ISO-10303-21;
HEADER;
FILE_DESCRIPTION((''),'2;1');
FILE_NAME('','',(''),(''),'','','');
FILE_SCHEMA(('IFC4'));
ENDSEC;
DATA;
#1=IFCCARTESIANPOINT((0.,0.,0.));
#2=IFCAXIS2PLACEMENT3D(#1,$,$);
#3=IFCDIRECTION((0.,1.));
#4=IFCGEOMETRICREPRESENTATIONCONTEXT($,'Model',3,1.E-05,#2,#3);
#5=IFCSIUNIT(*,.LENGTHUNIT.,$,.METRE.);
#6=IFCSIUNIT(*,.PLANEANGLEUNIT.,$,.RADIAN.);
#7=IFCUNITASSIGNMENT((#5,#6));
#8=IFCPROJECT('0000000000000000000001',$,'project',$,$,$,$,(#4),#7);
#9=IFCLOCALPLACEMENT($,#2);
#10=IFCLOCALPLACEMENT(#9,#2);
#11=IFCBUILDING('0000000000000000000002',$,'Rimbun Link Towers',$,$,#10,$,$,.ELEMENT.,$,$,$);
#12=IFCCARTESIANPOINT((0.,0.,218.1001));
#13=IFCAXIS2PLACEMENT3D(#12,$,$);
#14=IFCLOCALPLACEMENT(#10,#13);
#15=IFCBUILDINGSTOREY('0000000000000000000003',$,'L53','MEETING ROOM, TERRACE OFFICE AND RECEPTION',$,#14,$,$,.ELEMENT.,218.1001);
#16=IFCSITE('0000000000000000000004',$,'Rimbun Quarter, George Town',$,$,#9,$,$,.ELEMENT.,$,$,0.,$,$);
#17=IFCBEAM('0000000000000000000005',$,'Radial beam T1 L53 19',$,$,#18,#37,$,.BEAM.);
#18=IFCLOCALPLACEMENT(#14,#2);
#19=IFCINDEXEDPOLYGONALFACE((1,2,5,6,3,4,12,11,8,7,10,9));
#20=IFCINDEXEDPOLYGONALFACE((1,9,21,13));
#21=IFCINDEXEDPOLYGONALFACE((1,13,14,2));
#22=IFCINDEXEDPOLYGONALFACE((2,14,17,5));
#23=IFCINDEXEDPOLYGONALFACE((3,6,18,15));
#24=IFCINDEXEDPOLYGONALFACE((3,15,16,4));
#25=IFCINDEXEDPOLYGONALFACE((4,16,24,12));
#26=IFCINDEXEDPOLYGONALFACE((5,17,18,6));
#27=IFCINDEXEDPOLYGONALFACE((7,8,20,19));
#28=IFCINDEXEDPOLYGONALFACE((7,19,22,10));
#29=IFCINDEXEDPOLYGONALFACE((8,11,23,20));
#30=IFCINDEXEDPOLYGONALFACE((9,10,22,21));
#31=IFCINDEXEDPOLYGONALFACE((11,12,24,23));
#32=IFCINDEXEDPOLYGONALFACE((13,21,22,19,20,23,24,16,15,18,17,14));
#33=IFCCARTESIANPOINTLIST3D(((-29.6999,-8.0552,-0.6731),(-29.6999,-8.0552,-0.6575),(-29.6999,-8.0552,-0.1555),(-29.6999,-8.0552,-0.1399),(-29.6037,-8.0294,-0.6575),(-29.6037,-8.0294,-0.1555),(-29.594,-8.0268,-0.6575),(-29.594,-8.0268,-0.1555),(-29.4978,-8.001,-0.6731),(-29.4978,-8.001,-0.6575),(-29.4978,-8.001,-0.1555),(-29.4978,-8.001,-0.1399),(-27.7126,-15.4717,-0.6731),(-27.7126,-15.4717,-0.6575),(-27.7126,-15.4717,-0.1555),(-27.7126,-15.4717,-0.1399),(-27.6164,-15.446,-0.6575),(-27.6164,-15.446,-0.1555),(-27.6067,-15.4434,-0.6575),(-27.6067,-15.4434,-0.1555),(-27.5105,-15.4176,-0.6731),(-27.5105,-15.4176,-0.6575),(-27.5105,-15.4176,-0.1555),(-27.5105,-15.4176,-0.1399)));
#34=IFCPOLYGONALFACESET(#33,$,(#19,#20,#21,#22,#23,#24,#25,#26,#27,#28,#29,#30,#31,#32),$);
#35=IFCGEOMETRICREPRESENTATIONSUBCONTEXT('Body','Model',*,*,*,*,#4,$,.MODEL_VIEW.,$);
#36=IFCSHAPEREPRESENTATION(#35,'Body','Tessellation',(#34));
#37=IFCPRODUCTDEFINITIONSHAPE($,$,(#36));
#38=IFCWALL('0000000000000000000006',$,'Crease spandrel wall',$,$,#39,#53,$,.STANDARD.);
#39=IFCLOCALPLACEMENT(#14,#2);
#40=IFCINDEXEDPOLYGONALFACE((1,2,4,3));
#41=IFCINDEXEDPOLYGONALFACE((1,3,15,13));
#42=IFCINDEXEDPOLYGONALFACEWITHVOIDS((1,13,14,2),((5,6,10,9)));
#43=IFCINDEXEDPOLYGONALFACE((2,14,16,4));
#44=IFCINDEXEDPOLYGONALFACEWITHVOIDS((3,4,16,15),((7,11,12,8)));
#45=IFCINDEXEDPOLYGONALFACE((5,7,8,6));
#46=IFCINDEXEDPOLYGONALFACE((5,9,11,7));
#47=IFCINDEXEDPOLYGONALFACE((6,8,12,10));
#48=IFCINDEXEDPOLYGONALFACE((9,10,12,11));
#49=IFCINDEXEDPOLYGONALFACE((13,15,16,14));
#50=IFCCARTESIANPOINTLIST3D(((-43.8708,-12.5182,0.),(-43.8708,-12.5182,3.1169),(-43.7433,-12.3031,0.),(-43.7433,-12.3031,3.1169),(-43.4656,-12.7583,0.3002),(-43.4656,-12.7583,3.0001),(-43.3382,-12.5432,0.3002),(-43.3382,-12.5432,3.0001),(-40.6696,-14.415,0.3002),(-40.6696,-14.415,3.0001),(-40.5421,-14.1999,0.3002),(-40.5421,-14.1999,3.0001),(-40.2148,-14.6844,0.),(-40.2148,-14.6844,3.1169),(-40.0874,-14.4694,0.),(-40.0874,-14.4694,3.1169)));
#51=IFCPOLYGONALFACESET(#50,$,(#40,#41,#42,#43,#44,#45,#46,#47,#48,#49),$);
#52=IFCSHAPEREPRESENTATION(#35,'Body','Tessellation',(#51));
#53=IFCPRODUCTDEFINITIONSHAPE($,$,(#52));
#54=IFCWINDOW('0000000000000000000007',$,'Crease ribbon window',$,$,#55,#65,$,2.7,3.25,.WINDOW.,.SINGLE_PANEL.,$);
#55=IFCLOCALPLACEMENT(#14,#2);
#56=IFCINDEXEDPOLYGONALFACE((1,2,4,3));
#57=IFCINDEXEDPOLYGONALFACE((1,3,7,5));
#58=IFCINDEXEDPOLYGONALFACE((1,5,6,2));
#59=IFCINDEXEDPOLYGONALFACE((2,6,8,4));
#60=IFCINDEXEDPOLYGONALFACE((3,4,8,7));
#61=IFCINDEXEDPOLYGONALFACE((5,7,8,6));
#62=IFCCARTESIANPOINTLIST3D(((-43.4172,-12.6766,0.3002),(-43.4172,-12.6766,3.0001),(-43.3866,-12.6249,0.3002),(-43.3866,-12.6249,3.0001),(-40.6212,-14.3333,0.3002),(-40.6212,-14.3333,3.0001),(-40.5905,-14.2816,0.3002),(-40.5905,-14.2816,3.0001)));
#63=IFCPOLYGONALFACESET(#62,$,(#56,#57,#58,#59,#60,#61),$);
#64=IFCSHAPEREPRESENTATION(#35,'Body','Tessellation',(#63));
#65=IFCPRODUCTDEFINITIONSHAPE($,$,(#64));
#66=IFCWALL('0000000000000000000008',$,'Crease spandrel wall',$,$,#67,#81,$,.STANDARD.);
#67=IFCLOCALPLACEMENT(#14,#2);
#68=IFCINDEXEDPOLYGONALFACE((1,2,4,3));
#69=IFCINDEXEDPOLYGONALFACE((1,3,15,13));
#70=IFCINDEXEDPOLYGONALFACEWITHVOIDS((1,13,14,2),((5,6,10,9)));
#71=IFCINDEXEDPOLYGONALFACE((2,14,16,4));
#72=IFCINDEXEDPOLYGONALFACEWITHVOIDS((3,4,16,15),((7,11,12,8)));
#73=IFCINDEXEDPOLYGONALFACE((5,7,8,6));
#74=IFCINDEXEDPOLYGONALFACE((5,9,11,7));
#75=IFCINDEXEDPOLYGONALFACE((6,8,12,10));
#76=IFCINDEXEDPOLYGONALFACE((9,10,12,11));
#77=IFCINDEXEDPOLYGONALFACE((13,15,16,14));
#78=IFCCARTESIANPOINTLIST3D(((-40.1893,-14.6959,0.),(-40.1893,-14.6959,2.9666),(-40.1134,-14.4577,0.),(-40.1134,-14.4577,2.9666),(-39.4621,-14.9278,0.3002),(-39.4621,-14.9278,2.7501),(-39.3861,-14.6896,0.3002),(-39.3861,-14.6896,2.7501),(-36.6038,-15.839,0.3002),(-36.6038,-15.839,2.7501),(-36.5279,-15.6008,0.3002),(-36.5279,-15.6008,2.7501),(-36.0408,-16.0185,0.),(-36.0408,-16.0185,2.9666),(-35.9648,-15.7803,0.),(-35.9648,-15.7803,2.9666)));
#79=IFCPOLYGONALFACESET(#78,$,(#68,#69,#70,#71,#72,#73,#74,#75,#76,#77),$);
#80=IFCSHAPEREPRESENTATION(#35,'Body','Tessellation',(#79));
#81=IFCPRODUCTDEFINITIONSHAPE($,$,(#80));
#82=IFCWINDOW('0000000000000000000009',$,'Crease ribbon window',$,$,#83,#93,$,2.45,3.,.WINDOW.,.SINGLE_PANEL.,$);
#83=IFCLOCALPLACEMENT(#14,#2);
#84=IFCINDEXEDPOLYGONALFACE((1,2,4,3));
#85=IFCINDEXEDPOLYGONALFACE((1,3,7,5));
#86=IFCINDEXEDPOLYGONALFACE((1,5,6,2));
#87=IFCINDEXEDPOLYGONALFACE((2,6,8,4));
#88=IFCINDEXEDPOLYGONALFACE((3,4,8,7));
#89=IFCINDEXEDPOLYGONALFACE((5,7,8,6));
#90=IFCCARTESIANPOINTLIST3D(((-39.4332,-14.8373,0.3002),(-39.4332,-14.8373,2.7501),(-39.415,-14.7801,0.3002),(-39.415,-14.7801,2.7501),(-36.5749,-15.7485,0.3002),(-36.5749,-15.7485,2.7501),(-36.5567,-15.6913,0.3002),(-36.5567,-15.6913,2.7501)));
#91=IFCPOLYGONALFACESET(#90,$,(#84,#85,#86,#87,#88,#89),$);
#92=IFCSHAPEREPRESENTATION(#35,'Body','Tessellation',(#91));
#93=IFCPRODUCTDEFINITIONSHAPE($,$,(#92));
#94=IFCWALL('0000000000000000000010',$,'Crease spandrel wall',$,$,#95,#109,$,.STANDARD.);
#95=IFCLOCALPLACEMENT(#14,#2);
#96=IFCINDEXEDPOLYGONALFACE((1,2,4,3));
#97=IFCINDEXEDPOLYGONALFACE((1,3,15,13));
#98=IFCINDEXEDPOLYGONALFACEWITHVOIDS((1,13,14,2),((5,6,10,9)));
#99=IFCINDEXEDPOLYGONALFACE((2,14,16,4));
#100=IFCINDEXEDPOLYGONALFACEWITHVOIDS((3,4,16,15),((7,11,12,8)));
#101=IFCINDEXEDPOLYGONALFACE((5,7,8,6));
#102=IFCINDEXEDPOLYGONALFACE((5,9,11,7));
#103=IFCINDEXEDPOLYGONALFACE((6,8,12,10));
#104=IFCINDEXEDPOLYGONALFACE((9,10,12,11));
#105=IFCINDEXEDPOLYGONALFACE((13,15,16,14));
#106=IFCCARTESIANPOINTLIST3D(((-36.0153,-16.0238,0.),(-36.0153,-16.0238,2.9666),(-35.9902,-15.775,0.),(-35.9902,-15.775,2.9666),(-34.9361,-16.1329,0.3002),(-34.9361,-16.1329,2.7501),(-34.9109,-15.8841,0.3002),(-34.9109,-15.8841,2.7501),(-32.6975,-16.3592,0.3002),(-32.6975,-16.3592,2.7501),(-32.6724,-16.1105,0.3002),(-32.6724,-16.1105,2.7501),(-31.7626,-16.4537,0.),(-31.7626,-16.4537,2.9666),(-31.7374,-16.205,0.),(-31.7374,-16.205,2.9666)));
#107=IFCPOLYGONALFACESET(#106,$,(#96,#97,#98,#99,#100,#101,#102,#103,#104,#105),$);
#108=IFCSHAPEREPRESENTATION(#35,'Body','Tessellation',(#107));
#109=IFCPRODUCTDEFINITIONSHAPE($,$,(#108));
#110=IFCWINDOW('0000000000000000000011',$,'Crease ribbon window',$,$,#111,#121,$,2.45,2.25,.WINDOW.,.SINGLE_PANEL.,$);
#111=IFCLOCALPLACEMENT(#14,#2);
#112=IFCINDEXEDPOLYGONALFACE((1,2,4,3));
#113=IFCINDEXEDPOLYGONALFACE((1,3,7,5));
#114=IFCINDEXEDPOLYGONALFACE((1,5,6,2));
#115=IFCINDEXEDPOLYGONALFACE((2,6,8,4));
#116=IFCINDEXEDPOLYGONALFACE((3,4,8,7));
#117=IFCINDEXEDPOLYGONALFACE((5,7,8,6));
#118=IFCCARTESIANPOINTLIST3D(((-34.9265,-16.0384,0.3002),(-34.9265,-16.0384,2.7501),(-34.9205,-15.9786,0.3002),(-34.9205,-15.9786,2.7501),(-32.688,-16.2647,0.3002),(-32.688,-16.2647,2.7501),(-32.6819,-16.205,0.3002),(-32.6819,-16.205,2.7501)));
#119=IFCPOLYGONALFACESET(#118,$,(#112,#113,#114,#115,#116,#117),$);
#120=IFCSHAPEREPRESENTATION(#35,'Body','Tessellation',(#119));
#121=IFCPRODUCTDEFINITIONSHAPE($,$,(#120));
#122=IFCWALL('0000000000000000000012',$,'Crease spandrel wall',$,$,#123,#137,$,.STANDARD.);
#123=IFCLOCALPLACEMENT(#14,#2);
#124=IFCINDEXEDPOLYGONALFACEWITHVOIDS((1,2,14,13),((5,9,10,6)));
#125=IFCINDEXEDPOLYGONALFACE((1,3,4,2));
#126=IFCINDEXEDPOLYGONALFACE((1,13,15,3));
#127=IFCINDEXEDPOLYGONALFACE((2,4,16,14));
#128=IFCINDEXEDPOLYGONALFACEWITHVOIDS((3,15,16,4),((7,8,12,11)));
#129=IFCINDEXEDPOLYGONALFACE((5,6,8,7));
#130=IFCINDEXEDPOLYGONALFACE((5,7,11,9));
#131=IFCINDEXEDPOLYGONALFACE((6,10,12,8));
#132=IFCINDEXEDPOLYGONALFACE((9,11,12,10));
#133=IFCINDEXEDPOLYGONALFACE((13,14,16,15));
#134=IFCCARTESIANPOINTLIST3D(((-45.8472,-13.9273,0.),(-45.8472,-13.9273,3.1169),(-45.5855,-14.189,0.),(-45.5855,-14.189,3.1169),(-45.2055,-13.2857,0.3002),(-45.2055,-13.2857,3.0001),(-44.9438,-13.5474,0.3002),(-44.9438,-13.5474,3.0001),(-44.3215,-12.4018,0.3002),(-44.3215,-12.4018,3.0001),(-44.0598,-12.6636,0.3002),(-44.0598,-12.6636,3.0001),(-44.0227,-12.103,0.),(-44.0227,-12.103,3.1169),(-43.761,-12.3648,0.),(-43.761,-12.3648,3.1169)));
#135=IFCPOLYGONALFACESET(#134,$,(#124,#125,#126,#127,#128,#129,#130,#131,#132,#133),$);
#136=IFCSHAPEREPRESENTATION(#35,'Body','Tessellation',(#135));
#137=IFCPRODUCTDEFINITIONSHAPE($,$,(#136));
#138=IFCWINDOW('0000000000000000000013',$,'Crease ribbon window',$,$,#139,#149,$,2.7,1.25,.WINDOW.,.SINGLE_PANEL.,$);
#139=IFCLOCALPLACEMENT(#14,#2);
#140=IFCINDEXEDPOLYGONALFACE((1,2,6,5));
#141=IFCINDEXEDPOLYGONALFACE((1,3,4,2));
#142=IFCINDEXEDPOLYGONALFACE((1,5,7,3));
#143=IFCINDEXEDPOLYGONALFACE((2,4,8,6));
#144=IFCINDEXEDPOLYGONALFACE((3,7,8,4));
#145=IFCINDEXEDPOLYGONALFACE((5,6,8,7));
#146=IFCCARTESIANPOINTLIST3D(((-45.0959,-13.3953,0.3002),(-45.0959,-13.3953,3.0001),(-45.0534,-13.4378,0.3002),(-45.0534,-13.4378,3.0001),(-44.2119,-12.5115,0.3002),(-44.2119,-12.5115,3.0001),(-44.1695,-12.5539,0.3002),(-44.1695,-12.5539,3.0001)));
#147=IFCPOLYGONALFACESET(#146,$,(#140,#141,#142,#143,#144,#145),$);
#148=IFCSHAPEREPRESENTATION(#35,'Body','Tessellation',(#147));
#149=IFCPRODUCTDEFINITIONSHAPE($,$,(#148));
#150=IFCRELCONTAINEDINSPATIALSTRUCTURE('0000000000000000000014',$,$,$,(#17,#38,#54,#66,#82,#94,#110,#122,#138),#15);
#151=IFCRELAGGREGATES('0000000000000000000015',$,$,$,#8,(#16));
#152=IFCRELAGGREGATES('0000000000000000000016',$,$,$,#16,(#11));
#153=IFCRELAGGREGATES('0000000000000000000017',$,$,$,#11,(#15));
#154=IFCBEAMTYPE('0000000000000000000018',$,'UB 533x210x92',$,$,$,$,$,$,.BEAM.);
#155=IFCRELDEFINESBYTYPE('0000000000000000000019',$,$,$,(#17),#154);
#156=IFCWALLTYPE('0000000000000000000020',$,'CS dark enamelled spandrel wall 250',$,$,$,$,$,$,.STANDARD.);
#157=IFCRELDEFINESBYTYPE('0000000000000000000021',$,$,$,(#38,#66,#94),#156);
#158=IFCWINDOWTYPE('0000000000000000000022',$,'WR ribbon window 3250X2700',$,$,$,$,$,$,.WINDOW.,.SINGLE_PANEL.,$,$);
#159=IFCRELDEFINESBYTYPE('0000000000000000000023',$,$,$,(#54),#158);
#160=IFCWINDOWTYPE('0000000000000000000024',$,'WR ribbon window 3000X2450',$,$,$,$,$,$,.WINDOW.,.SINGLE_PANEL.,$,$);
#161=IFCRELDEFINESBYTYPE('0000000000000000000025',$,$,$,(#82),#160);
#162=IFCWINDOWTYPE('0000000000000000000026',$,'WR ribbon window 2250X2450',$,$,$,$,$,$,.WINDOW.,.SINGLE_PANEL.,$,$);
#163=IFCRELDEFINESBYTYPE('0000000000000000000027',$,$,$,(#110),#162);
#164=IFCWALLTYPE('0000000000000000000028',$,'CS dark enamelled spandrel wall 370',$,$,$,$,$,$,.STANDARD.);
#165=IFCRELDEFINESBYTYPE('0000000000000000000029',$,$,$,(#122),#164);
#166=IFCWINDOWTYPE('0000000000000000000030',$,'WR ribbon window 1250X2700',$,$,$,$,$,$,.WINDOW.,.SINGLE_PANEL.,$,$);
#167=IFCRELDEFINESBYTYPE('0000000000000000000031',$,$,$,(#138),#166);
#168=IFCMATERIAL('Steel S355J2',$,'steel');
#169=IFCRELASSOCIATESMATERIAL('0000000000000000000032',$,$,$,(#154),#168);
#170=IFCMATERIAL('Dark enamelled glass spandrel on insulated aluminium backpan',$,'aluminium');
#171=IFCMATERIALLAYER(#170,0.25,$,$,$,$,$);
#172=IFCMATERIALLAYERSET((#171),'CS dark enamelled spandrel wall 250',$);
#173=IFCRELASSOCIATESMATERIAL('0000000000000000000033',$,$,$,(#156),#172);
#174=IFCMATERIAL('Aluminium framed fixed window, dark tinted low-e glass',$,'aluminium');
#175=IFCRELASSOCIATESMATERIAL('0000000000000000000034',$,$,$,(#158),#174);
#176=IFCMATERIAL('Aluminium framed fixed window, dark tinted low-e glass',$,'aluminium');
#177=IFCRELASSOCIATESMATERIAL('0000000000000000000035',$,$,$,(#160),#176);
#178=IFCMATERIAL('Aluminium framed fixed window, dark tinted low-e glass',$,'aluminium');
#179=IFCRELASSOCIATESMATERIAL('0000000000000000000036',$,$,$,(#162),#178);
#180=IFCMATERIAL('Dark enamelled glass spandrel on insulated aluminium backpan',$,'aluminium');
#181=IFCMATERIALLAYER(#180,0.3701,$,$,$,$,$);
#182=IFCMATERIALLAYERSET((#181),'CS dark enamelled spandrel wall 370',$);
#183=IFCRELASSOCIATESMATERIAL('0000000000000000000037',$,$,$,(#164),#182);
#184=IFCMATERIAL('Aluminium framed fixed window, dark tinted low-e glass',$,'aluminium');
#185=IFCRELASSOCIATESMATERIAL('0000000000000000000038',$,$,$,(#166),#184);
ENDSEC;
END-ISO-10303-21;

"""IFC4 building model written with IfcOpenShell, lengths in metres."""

from ifc_helpers import new_model, si_unit, direction, frame, frame_2d, origin, origin_2d, place, context, subcontext, project, spatial, rectangle, i_section, extrude, material, layer, layer_set, material_profile, profile_set, type_object, element, fill, save


model = new_model("IFC4")

# Units and contexts
model_context = context("Model", 3, precision=1e-05, world=origin(), true_north=direction((0.0, 1.0)))
body_context = subcontext(model_context, "Body", "Model", "MODEL_VIEW")
ifc_project = project(units=[si_unit("LENGTHUNIT", "METRE"), si_unit("PLANEANGLEUNIT", "RADIAN")], contexts=[model_context])

# Site, building, storey
site_placement = place(None, origin())
site = spatial("IfcSite", under=ifc_project, at=site_placement, Name="Rimbun Quarter, George Town", CompositionType="ELEMENT", RefElevation=0.0)
building_placement = place(site_placement, origin())
building = spatial("IfcBuilding", under=site, at=building_placement, Name="Rimbun Link Towers", CompositionType="ELEMENT")
storey_placement = place(building_placement, frame((0.0, 0.0, 218.1001)))
storey = spatial("IfcBuildingStorey", under=building, at=storey_placement, Name="L53", Description="MEETING ROOM, TERRACE OFFICE AND RECEPTION", CompositionType="ELEMENT", Elevation=218.1001)

# Beam
ifc_material_1 = material(Name="Steel S355J2", Category="steel")
ifc_material_profile_1 = material_profile(ifc_material_1, i_section(OverallWidth=0.2092, OverallDepth=0.5332, WebThickness=0.01, FlangeThickness=0.0156, at=origin_2d()), Name="UB 533x210x92")
ifc_profile_set_1 = profile_set([ifc_material_profile_1], Name="Steel S355J2")
beam_type_1 = type_object("IfcBeamType", Name="UB 533x210x92", PredefinedType="BEAM", material=ifc_profile_set_1)
beam_1_placement = place(storey_placement, frame((-29.5989, -8.0281, -0.4065), z_axis=(0.258826, -0.965924, 0.0), x_axis=(0.965924, 0.258826, 0.0)))
element("IfcBeam", 1, at=beam_1_placement, inside=storey, type_object=beam_type_1, Name="Radial beam T1 L53 19", PredefinedType="BEAM", context=body_context, shape_type="SweptSolid", body=[
    extrude(i_section(OverallWidth=0.2092, OverallDepth=0.5332, WebThickness=0.01, FlangeThickness=0.0156, at=origin_2d()), origin(), (0.0, 0.0, 1.0), 7.6782),
])

# Walls, openings, windows
ifc_material_2 = material(Name="Dark enamelled glass spandrel on insulated aluminium backpan", Category="aluminium")
ifc_layer_1 = layer(ifc_material_2, 0.25)
ifc_layer_set_1 = layer_set([ifc_layer_1], Name="CS dark enamelled spandrel wall 250")
wall_type_1 = type_object("IfcWallType", Name="CS dark enamelled spandrel wall 250", PredefinedType="STANDARD", material=ifc_layer_set_1)
wall_1_placement = place(storey_placement, frame((-40.1511, -14.5769, 0.0), z_axis=(0.0, 0.0, 1.0), x_axis=(-0.860319, 0.509757, 0.0)))
wall_1 = element("IfcWall", 2, at=wall_1_placement, inside=storey, type_object=wall_type_1, Name="Crease spandrel wall", PredefinedType="STANDARD", context=body_context, shape_type="SweptSolid", body=[
    extrude(rectangle(XDim=4.2495, YDim=0.25, at=frame_2d((2.1248, 0.0))), origin(), (0.0, 0.0, 1.0), 3.1169),
])
opening_1_placement = place(wall_1_placement, frame((0.5286, 0.0, 0.3)))
opening_1 = element("IfcOpeningElement", 3, at=opening_1_placement, cuts=wall_1, PredefinedType="OPENING", context=body_context, shape_type="SweptSolid", body=[
    extrude(rectangle(XDim=3.25, YDim=2.7, at=frame_2d((1.625, 1.3501))), frame((0.0, 0.135, 0.0), z_axis=(0.0, -1.0, 0.0), x_axis=(1.0, 0.0, 0.0)), (0.0, 0.0, 1.0), 0.27),
])
ifc_material_3 = material(Name="Aluminium framed fixed window, dark tinted low-e glass", Category="aluminium")
window_type_1 = type_object("IfcWindowType", Name="WR ribbon window 3250X2700", PartitioningType="SINGLE_PANEL", PredefinedType="WINDOW", material=ifc_material_3)
window_1_placement = place(opening_1_placement, origin())
window_1 = element("IfcWindow", 4, at=window_1_placement, inside=storey, type_object=window_type_1, Name="Crease ribbon window", OverallHeight=2.7, OverallWidth=3.25, PartitioningType="SINGLE_PANEL", PredefinedType="WINDOW", context=body_context, shape_type="SweptSolid", body=[
    extrude(rectangle(XDim=3.25, YDim=2.7, at=frame_2d((1.625, 1.3501))), frame((0.0, 0.03, 0.0), z_axis=(0.0, -1.0, 0.0), x_axis=(1.0, 0.0, 0.0)), (0.0, 0.0, 1.0), 0.0601),
])
fill(opening_1, window_1)
wall_2_placement = place(storey_placement, frame((-36.0027, -15.8994, 0.0), z_axis=(0.0, 0.0, 1.0), x_axis=(-0.952756, 0.303736, 0.0)))
wall_2 = element("IfcWall", 5, at=wall_2_placement, inside=storey, type_object=wall_type_1, Name="Crease spandrel wall", PredefinedType="STANDARD", context=body_context, shape_type="SweptSolid", body=[
    extrude(rectangle(XDim=4.3542, YDim=0.25, at=frame_2d((2.1772, 0.0))), origin(), (0.0, 0.0, 1.0), 2.9666),
])
opening_2_placement = place(wall_2_placement, frame((0.5911, 0.0, 0.3)))
opening_2 = element("IfcOpeningElement", 6, at=opening_2_placement, cuts=wall_2, PredefinedType="OPENING", context=body_context, shape_type="SweptSolid", body=[
    extrude(rectangle(XDim=3.0, YDim=2.45, at=frame_2d((1.5, 1.2251))), frame((0.0, 0.135, 0.0), z_axis=(0.0, -1.0, 0.0), x_axis=(1.0, 0.0, 0.0)), (0.0, 0.0, 1.0), 0.27),
])
ifc_material_4 = material(Name="Aluminium framed fixed window, dark tinted low-e glass", Category="aluminium")
window_type_2 = type_object("IfcWindowType", Name="WR ribbon window 3000X2450", PartitioningType="SINGLE_PANEL", PredefinedType="WINDOW", material=ifc_material_4)
window_2_placement = place(opening_2_placement, origin())
window_2 = element("IfcWindow", 7, at=window_2_placement, inside=storey, type_object=window_type_2, Name="Crease ribbon window", OverallHeight=2.45, OverallWidth=3.0, PartitioningType="SINGLE_PANEL", PredefinedType="WINDOW", context=body_context, shape_type="SweptSolid", body=[
    extrude(rectangle(XDim=3.0, YDim=2.45, at=frame_2d((1.5, 1.2251))), frame((0.0, 0.03, 0.0), z_axis=(0.0, -1.0, 0.0), x_axis=(1.0, 0.0, 0.0)), (0.0, 0.0, 1.0), 0.0601),
])
fill(opening_2, window_2)
wall_3_placement = place(storey_placement, frame((-31.75, -16.3293, 0.0), z_axis=(0.0, 0.0, 1.0), x_axis=(-0.994929, 0.100584, 0.0)))
wall_3 = element("IfcWall", 8, at=wall_3_placement, inside=storey, type_object=wall_type_1, Name="Crease spandrel wall", PredefinedType="STANDARD", context=body_context, shape_type="SweptSolid", body=[
    extrude(rectangle(XDim=4.2744, YDim=0.25, at=frame_2d((2.1372, 0.0))), origin(), (0.0, 0.0, 1.0), 2.9666),
])
opening_3_placement = place(wall_3_placement, frame((0.9397, 0.0, 0.3)))
opening_3 = element("IfcOpeningElement", 9, at=opening_3_placement, cuts=wall_3, PredefinedType="OPENING", context=body_context, shape_type="SweptSolid", body=[
    extrude(rectangle(XDim=2.25, YDim=2.45, at=frame_2d((1.125, 1.2251))), frame((0.0, 0.135, 0.0), z_axis=(0.0, -1.0, 0.0), x_axis=(1.0, 0.0, 0.0)), (0.0, 0.0, 1.0), 0.27),
])
ifc_material_5 = material(Name="Aluminium framed fixed window, dark tinted low-e glass", Category="aluminium")
window_type_3 = type_object("IfcWindowType", Name="WR ribbon window 2250X2450", PartitioningType="SINGLE_PANEL", PredefinedType="WINDOW", material=ifc_material_5)
window_3_placement = place(opening_3_placement, origin())
window_3 = element("IfcWindow", 10, at=window_3_placement, inside=storey, type_object=window_type_3, Name="Crease ribbon window", OverallHeight=2.45, OverallWidth=2.25, PartitioningType="SINGLE_PANEL", PredefinedType="WINDOW", context=body_context, shape_type="SweptSolid", body=[
    extrude(rectangle(XDim=2.25, YDim=2.45, at=frame_2d((1.125, 1.2251))), frame((0.0, 0.03, 0.0), z_axis=(0.0, -1.0, 0.0), x_axis=(1.0, 0.0, 0.0)), (0.0, 0.0, 1.0), 0.0601),
])
fill(opening_3, window_3)
ifc_material_6 = material(Name="Dark enamelled glass spandrel on insulated aluminium backpan", Category="aluminium")
ifc_layer_2 = layer(ifc_material_6, 0.3701)
ifc_layer_set_2 = layer_set([ifc_layer_2], Name="CS dark enamelled spandrel wall 370")
wall_type_2 = type_object("IfcWallType", Name="CS dark enamelled spandrel wall 370", PredefinedType="STANDARD", material=ifc_layer_set_2)
wall_4_placement = place(storey_placement, frame((-43.8918, -12.2339, 0.0), z_axis=(0.0, 0.0, 1.0), x_axis=(-0.707154, -0.707059, 0.0)))
wall_4 = element("IfcWall", 11, at=wall_4_placement, inside=storey, type_object=wall_type_2, Name="Crease spandrel wall", PredefinedType="STANDARD", context=body_context, shape_type="SweptSolid", body=[
    extrude(rectangle(XDim=2.5801, YDim=0.3701, at=frame_2d((1.29, 0.0))), origin(), (0.0, 0.0, 1.0), 3.1169),
])
opening_4_placement = place(wall_4_placement, frame((0.4226, 0.0, 0.3)))
opening_4 = element("IfcOpeningElement", 12, at=opening_4_placement, cuts=wall_4, PredefinedType="OPENING", context=body_context, shape_type="SweptSolid", body=[
    extrude(rectangle(XDim=1.25, YDim=2.7, at=frame_2d((0.625, 1.3501))), frame((0.0, 0.1951, 0.0), z_axis=(0.0, -1.0, 0.0), x_axis=(1.0, 0.0, 0.0)), (0.0, 0.0, 1.0), 0.3901),
])
ifc_material_7 = material(Name="Aluminium framed fixed window, dark tinted low-e glass", Category="aluminium")
window_type_4 = type_object("IfcWindowType", Name="WR ribbon window 1250X2700", PartitioningType="SINGLE_PANEL", PredefinedType="WINDOW", material=ifc_material_7)
window_4_placement = place(opening_4_placement, origin())
window_4 = element("IfcWindow", 13, at=window_4_placement, inside=storey, type_object=window_type_4, Name="Crease ribbon window", OverallHeight=2.7, OverallWidth=1.25, PartitioningType="SINGLE_PANEL", PredefinedType="WINDOW", context=body_context, shape_type="SweptSolid", body=[
    extrude(rectangle(XDim=1.25, YDim=2.7, at=frame_2d((0.625, 1.3501))), frame((0.0, 0.03, 0.0), z_axis=(0.0, -1.0, 0.0), x_axis=(1.0, 0.0, 0.0)), (0.0, 0.0, 1.0), 0.0601),
])
fill(opening_4, window_4)

save(model, "model.ifc")
